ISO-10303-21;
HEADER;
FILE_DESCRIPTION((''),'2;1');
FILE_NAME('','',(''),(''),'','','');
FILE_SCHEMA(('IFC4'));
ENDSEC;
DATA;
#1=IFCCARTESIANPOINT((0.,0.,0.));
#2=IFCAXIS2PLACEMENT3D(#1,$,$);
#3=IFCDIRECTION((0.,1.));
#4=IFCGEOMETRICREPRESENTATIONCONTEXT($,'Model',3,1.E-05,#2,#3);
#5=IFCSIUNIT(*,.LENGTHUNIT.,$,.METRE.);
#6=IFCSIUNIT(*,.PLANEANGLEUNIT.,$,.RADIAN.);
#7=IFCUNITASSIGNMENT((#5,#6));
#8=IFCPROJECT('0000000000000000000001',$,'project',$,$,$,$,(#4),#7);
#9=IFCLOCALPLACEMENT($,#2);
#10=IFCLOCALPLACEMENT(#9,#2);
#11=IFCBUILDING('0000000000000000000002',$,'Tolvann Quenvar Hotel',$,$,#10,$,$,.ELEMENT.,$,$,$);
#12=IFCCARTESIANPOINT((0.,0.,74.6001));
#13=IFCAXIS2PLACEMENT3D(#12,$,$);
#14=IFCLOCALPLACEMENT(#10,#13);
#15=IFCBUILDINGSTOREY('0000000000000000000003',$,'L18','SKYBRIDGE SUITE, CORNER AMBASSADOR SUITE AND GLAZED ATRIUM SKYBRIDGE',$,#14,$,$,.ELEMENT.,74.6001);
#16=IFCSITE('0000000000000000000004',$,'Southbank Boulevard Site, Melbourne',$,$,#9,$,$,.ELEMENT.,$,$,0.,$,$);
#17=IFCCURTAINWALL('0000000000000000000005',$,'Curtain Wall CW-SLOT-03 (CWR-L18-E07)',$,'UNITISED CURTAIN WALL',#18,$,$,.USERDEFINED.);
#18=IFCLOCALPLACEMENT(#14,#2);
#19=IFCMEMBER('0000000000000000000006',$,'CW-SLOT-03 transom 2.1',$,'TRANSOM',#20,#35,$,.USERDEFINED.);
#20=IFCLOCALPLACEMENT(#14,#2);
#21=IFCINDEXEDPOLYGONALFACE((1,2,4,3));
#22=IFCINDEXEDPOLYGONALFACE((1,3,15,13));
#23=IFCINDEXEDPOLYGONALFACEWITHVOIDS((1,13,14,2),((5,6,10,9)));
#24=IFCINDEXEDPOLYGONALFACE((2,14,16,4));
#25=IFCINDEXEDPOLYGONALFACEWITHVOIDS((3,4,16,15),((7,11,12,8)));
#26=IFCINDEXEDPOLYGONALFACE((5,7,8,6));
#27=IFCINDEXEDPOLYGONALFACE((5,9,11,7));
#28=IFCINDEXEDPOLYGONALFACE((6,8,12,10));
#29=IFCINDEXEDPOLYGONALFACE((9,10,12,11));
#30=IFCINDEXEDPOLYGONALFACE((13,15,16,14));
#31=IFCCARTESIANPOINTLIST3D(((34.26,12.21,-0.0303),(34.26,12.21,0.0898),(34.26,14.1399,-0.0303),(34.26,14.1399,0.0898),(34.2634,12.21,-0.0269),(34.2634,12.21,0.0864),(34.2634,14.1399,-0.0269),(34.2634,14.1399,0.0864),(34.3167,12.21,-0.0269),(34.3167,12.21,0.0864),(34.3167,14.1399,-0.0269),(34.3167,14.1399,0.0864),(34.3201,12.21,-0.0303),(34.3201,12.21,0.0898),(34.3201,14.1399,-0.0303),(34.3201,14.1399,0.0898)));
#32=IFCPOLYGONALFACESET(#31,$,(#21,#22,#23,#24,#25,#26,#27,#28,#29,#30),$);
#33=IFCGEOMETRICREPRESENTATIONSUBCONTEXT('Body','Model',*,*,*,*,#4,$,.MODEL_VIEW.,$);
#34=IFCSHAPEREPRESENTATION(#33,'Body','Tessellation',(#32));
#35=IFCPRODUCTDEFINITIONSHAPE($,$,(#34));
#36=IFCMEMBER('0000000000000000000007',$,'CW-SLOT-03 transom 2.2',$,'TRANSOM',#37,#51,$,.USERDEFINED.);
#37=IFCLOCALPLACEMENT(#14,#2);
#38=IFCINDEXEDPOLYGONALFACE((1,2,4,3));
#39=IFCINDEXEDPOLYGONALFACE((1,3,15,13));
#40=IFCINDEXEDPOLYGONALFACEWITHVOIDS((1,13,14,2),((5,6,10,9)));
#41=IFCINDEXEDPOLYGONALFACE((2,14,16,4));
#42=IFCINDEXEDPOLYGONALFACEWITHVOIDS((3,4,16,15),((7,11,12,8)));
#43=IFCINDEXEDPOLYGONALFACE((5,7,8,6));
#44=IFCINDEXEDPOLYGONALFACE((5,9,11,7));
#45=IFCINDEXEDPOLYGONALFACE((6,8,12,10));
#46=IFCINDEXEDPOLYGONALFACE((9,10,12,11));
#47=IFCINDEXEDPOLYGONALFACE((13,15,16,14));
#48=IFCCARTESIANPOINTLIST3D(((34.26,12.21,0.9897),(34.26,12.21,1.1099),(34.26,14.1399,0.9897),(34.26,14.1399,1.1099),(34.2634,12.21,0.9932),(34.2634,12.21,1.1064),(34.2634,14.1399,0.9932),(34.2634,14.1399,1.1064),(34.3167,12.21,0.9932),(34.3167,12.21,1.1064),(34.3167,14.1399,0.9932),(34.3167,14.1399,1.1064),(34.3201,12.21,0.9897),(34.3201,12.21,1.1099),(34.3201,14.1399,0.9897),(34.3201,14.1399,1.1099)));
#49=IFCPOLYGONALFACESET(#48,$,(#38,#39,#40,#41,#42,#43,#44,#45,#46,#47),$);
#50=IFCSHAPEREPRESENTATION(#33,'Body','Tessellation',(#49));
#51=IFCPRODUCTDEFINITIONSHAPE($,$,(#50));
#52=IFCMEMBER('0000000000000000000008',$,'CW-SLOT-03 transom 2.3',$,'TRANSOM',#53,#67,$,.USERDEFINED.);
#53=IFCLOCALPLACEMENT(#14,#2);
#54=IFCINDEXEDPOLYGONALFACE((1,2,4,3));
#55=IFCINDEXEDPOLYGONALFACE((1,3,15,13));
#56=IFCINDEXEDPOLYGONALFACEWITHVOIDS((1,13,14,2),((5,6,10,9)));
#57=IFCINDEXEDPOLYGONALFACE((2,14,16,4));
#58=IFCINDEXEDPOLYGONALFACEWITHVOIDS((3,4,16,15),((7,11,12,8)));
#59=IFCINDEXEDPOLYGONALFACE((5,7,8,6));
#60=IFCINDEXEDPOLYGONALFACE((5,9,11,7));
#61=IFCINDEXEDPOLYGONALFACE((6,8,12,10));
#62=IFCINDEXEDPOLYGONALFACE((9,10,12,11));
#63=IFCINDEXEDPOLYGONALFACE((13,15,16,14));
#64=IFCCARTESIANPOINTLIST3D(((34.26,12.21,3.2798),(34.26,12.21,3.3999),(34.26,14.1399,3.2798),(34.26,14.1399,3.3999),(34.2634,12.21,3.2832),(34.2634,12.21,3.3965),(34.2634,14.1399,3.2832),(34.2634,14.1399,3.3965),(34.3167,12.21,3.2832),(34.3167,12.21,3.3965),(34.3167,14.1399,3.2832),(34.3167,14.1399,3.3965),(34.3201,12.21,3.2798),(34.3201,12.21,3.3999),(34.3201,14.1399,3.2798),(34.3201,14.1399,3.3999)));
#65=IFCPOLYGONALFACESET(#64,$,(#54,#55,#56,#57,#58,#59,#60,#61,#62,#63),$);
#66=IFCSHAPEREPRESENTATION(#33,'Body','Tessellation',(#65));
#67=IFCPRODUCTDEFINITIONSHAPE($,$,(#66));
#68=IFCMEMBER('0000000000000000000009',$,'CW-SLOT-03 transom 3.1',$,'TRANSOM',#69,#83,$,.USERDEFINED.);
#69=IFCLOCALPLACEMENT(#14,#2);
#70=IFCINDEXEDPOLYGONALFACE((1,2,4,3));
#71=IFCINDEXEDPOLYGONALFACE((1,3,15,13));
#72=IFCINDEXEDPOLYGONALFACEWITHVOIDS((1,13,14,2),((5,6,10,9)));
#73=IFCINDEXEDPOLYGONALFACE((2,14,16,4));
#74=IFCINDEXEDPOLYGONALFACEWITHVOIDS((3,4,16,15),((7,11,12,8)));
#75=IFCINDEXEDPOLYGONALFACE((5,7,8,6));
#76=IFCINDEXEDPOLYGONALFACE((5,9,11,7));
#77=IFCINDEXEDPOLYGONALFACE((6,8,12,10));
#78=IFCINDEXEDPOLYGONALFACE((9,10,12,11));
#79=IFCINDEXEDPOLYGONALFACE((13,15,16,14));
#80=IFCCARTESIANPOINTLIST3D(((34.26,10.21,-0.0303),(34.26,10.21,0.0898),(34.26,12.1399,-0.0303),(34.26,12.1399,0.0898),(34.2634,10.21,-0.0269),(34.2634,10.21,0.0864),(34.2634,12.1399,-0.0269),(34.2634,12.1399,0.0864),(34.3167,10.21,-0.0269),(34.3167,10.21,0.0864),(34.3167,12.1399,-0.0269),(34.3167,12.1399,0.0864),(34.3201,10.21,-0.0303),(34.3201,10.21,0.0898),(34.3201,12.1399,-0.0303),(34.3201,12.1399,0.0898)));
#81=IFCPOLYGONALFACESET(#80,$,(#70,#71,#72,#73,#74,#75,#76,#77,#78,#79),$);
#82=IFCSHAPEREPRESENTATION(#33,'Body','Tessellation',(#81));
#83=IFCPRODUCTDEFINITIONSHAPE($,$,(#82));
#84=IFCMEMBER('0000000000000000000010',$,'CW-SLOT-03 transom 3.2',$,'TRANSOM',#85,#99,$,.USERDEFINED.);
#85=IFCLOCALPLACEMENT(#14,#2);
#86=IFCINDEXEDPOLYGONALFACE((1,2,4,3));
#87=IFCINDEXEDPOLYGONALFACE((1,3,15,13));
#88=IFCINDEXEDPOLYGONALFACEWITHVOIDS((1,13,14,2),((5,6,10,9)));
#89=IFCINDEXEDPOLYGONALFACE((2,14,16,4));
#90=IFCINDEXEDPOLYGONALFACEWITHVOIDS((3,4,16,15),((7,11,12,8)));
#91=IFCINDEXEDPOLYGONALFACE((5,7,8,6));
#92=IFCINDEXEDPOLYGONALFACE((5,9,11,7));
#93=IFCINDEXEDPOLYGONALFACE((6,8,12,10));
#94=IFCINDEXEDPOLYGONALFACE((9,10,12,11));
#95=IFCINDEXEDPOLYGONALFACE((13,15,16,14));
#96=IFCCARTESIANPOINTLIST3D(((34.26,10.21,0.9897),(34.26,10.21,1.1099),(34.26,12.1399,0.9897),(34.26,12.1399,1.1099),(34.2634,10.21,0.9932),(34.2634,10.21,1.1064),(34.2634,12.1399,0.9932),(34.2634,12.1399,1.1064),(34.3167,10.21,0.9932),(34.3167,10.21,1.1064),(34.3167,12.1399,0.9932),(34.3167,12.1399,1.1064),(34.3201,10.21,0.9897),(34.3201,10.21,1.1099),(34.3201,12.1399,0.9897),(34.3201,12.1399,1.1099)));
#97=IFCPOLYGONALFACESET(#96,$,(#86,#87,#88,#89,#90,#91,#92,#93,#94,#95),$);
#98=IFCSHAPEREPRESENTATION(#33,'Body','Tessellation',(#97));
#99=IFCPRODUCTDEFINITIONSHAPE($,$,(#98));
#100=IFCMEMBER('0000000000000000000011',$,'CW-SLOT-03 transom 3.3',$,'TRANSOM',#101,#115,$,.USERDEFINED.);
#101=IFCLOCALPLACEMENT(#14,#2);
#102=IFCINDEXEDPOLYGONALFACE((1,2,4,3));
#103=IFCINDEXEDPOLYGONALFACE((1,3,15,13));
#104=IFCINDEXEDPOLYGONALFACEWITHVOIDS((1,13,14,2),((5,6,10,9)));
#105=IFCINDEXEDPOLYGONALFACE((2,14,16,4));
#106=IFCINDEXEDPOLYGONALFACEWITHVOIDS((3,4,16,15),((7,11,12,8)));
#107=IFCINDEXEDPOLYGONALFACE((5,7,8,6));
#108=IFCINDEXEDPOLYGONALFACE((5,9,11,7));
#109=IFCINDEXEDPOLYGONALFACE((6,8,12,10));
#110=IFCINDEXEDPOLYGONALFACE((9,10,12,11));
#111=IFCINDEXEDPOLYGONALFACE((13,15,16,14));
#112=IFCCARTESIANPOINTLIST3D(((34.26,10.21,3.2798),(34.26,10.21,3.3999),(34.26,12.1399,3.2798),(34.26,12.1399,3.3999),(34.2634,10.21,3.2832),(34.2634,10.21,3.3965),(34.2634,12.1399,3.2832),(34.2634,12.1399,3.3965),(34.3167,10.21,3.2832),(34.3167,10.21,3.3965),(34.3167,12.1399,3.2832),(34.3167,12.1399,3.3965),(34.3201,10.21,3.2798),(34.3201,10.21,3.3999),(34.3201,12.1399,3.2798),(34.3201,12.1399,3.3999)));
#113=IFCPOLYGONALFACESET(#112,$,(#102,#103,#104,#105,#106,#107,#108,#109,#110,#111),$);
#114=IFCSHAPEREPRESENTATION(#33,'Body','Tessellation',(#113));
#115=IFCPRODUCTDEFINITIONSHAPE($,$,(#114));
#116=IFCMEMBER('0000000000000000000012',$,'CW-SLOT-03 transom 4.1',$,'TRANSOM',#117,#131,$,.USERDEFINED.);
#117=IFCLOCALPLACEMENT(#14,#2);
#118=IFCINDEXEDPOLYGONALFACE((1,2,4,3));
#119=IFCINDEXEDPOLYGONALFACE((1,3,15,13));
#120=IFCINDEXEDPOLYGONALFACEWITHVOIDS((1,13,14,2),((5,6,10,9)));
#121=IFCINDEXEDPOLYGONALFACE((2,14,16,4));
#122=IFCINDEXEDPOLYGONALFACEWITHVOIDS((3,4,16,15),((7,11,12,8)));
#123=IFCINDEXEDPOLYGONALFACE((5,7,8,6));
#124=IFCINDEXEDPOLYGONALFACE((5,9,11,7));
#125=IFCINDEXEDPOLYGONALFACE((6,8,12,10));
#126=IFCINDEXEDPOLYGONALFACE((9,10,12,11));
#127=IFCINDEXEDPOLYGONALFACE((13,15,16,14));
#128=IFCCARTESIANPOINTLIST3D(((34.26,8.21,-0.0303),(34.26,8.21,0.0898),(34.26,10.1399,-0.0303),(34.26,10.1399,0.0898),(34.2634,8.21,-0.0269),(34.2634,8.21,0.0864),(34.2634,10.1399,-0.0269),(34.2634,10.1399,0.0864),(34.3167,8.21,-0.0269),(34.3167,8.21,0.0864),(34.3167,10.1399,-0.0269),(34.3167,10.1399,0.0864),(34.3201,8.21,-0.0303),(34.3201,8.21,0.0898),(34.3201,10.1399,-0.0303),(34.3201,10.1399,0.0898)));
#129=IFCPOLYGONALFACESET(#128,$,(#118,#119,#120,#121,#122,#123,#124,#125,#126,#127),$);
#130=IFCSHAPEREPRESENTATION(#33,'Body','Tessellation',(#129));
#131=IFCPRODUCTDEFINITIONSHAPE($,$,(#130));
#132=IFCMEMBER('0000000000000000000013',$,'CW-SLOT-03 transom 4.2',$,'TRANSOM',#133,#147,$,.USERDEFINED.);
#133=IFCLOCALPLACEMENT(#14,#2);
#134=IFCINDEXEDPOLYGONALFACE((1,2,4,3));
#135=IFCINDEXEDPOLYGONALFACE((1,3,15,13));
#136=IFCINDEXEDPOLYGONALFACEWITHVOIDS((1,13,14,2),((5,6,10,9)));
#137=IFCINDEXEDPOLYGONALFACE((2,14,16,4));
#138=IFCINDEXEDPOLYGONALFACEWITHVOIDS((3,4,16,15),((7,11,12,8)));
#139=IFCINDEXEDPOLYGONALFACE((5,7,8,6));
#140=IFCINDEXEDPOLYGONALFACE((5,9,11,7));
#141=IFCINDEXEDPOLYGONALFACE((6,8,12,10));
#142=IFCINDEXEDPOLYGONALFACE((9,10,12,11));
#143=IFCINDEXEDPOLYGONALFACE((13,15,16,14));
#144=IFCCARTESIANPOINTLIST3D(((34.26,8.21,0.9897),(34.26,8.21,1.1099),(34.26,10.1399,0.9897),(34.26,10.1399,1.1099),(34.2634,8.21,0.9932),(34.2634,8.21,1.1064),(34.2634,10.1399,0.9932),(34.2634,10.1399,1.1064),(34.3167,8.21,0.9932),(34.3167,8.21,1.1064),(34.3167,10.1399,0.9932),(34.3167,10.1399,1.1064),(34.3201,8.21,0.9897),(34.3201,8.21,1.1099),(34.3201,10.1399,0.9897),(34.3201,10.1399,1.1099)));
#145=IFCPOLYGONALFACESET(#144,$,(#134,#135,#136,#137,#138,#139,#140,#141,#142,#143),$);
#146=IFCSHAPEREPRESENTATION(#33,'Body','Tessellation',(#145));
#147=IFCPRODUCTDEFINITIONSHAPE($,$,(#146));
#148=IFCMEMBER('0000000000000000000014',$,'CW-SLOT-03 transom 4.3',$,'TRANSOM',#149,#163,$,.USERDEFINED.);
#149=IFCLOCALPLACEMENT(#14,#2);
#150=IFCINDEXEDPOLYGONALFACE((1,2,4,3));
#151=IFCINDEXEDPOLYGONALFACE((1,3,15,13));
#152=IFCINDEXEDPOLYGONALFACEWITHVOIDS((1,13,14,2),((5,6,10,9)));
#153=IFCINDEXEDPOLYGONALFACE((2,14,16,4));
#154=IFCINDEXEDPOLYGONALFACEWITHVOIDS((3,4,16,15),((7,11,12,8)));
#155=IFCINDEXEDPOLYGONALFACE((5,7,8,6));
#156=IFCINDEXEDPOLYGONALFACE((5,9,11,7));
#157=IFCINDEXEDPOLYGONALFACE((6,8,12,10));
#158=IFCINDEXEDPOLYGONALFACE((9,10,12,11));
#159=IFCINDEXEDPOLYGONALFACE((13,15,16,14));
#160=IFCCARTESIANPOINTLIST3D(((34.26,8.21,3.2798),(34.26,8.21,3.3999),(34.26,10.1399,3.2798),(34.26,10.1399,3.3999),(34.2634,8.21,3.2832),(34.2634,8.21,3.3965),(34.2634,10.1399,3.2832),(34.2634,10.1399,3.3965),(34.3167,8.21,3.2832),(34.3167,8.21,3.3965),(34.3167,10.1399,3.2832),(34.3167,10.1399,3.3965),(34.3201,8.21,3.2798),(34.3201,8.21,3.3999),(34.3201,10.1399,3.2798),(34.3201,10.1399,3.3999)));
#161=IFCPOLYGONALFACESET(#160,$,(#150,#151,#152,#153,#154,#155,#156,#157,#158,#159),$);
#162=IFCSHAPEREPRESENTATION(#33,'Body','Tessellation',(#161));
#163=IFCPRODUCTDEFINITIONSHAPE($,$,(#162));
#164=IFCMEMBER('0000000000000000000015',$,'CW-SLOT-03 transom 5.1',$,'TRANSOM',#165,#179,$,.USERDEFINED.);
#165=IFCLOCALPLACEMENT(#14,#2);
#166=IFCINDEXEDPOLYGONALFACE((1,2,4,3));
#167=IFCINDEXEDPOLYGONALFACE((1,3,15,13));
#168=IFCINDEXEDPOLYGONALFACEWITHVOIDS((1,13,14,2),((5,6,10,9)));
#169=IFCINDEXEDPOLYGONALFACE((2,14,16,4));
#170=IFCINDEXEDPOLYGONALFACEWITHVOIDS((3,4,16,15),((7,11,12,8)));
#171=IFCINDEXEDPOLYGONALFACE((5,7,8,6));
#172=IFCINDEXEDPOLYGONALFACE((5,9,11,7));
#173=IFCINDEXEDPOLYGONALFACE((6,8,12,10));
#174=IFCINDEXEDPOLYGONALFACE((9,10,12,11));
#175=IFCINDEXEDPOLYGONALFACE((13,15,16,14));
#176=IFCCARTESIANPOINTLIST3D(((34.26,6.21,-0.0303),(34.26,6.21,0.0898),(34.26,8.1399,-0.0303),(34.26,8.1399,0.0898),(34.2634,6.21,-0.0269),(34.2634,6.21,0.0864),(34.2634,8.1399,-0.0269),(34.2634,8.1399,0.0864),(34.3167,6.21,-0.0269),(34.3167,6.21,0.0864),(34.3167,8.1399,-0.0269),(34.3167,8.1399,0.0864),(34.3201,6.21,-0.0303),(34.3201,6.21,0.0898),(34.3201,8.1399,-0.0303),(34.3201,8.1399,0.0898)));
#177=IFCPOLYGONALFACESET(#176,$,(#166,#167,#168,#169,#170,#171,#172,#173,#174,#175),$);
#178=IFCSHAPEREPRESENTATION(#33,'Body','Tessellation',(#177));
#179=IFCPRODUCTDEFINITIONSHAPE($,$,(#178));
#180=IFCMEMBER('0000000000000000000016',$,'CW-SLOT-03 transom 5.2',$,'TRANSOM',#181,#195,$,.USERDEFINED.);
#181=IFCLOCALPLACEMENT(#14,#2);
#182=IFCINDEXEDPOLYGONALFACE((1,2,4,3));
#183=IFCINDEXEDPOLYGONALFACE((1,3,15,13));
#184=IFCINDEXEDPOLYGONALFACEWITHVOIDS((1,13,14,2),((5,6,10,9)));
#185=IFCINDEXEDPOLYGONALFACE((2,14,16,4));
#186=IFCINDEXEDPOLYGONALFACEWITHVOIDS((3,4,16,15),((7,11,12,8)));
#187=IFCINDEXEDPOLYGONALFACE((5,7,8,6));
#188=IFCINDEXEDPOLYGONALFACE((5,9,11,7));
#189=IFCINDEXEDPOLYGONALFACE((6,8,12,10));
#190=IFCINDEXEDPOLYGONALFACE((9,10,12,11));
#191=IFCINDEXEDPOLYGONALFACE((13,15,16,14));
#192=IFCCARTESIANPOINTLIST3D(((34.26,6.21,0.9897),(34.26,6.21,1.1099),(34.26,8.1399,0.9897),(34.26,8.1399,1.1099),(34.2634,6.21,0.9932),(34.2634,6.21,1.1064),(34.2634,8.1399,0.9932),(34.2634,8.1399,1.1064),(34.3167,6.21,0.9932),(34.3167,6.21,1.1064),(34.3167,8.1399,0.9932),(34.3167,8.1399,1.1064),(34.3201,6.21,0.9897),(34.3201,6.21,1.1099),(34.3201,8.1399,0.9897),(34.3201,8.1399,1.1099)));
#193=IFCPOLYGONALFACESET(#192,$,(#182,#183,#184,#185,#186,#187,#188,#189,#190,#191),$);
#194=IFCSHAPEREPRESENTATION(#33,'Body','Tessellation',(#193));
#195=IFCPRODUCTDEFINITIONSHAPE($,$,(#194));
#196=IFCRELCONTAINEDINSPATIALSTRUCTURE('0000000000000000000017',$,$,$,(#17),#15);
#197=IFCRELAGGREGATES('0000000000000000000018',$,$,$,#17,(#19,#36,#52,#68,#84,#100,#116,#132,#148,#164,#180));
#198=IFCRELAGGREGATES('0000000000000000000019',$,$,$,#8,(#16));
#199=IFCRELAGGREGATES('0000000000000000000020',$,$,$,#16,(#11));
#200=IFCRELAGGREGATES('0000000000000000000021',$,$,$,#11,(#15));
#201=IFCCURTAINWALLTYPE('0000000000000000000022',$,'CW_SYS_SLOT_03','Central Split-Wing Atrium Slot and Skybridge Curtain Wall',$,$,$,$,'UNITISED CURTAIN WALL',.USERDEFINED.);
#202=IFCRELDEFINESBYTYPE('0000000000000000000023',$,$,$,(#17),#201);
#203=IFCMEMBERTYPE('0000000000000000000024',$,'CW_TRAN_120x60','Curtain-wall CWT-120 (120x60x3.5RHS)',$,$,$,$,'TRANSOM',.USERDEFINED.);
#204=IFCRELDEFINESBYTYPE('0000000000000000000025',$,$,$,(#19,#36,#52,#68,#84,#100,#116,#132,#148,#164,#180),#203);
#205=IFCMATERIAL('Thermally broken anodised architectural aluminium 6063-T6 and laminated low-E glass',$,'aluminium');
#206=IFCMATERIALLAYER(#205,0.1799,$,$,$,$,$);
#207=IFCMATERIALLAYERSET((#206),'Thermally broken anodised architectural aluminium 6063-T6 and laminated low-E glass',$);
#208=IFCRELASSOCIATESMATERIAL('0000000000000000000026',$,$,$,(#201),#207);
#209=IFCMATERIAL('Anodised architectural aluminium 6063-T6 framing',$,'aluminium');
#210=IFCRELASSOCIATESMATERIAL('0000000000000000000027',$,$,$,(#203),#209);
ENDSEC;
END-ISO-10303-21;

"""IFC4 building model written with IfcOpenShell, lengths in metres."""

from ifc_helpers import new_model, si_unit, direction, frame, origin, origin_2d, place, context, subcontext, project, spatial, hollow_rectangle, extrude, source, transform, mapped, material, layer, layer_set, material_profile, profile_set, type_object, element, aggregate, save


model = new_model("IFC4")

# Units and contexts
model_context = context("Model", 3, precision=1e-05, world=origin(), true_north=direction((0.0, 1.0)))
body_context = subcontext(model_context, "Body", "Model", "MODEL_VIEW")
ifc_project = project(units=[si_unit("LENGTHUNIT", "METRE"), si_unit("PLANEANGLEUNIT", "RADIAN")], contexts=[model_context])

# Site, building, storey
site_placement = place(None, origin())
site = spatial("IfcSite", under=ifc_project, at=site_placement, Name="Southbank Boulevard Site, Melbourne", CompositionType="ELEMENT", RefElevation=0.0)
building_placement = place(site_placement, origin())
building = spatial("IfcBuilding", under=site, at=building_placement, Name="Tolvann Quenvar Hotel", CompositionType="ELEMENT")
storey_placement = place(building_placement, frame((0.0, 0.0, 74.6001)))
storey = spatial("IfcBuildingStorey", under=building, at=storey_placement, Name="L18", Description="SKYBRIDGE SUITE, CORNER AMBASSADOR SUITE AND GLAZED ATRIUM SKYBRIDGE", CompositionType="ELEMENT", Elevation=74.6001)

# Curtain wall, members
ifc_material_1 = material(Name="Thermally broken anodised architectural aluminium 6063-T6 and laminated low-E glass", Category="aluminium")
ifc_layer_1 = layer(ifc_material_1, 0.1799)
ifc_layer_set_1 = layer_set([ifc_layer_1], Name="Thermally broken anodised architectural aluminium 6063-T6 and laminated low-E glass")
curtain_wall_type = type_object("IfcCurtainWallType", Name="CW_SYS_SLOT_03", Description="Central Split-Wing Atrium Slot and Skybridge Curtain Wall", ElementType="UNITISED CURTAIN WALL", PredefinedType="USERDEFINED", material=ifc_layer_set_1)
curtain_wall_1_placement = place(storey_placement, origin())
curtain_wall_1 = element("IfcCurtainWall", 1, at=curtain_wall_1_placement, inside=storey, type_object=curtain_wall_type, Name="Curtain Wall CW-SLOT-03 (CWR-L18-E07)", ObjectType="UNITISED CURTAIN WALL", PredefinedType="USERDEFINED")
ifc_material_2 = material(Name="Anodised architectural aluminium 6063-T6 framing", Category="aluminium")
ifc_material_profile_1 = material_profile(ifc_material_2, hollow_rectangle(XDim=0.0601, YDim=0.1201, WallThickness=0.0034, at=origin_2d()), Name="120x60x3.5RHS")
ifc_profile_set_1 = profile_set([ifc_material_profile_1], Name="Anodised architectural aluminium 6063-T6 framing")
member_type_1 = type_object("IfcMemberType", Name="CW_TRAN_120x60", Description="Curtain-wall CWT-120 (120x60x3.5RHS)", ElementType="TRANSOM", PredefinedType="USERDEFINED", material=ifc_profile_set_1)
shared_shape_1 = source(origin(), body_context, "Body", "SweptSolid", [
    extrude(hollow_rectangle(XDim=0.0601, YDim=0.1201, WallThickness=0.0034, at=origin_2d()), origin(), (0.0, 0.0, 1.0), 1.9299),
])
member_1_placement = place(storey_placement, frame((34.29, 14.1399, 0.0298), z_axis=(0.0, -1.0, 0.0), x_axis=(1.0, 0.0, 0.0)))
member_1 = element("IfcMember", 2, at=member_1_placement, type_object=member_type_1, Name="CW-SLOT-03 transom 2.1", ObjectType="TRANSOM", PredefinedType="USERDEFINED", context=body_context, shape_type="MappedRepresentation", body=[
    mapped(shared_shape_1, transform((0.0, 0.0, 0.0), x_axis=(1.0, 0.0, 0.0), y_axis=(0.0, 1.0, 0.0), z_axis=(0.0, 0.0, 1.0), scale=1.0)),
])
member_2_placement = place(storey_placement, frame((34.29, 14.1399, 1.0498), z_axis=(0.0, -1.0, 0.0), x_axis=(1.0, 0.0, 0.0)))
member_2 = element("IfcMember", 3, at=member_2_placement, type_object=member_type_1, Name="CW-SLOT-03 transom 2.2", ObjectType="TRANSOM", PredefinedType="USERDEFINED", context=body_context, shape_type="MappedRepresentation", body=[
    mapped(shared_shape_1, transform((0.0, 0.0, 0.0), x_axis=(1.0, 0.0, 0.0), y_axis=(0.0, 1.0, 0.0), z_axis=(0.0, 0.0, 1.0), scale=1.0)),
])
member_3_placement = place(storey_placement, frame((34.29, 14.1399, 3.3398), z_axis=(0.0, -1.0, 0.0), x_axis=(1.0, 0.0, 0.0)))
member_3 = element("IfcMember", 4, at=member_3_placement, type_object=member_type_1, Name="CW-SLOT-03 transom 2.3", ObjectType="TRANSOM", PredefinedType="USERDEFINED", context=body_context, shape_type="MappedRepresentation", body=[
    mapped(shared_shape_1, transform((0.0, 0.0, 0.0), x_axis=(1.0, 0.0, 0.0), y_axis=(0.0, 1.0, 0.0), z_axis=(0.0, 0.0, 1.0), scale=1.0)),
])
member_4_placement = place(storey_placement, frame((34.29, 12.1399, 0.0298), z_axis=(0.0, -1.0, 0.0), x_axis=(1.0, 0.0, 0.0)))
member_4 = element("IfcMember", 5, at=member_4_placement, type_object=member_type_1, Name="CW-SLOT-03 transom 3.1", ObjectType="TRANSOM", PredefinedType="USERDEFINED", context=body_context, shape_type="MappedRepresentation", body=[
    mapped(shared_shape_1, transform((0.0, 0.0, 0.0), x_axis=(1.0, 0.0, 0.0), y_axis=(0.0, 1.0, 0.0), z_axis=(0.0, 0.0, 1.0), scale=1.0)),
])
member_5_placement = place(storey_placement, frame((34.29, 12.1399, 1.0498), z_axis=(0.0, -1.0, 0.0), x_axis=(1.0, 0.0, 0.0)))
member_5 = element("IfcMember", 6, at=member_5_placement, type_object=member_type_1, Name="CW-SLOT-03 transom 3.2", ObjectType="TRANSOM", PredefinedType="USERDEFINED", context=body_context, shape_type="MappedRepresentation", body=[
    mapped(shared_shape_1, transform((0.0, 0.0, 0.0), x_axis=(1.0, 0.0, 0.0), y_axis=(0.0, 1.0, 0.0), z_axis=(0.0, 0.0, 1.0), scale=1.0)),
])
member_6_placement = place(storey_placement, frame((34.29, 12.1399, 3.3398), z_axis=(0.0, -1.0, 0.0), x_axis=(1.0, 0.0, 0.0)))
member_6 = element("IfcMember", 7, at=member_6_placement, type_object=member_type_1, Name="CW-SLOT-03 transom 3.3", ObjectType="TRANSOM", PredefinedType="USERDEFINED", context=body_context, shape_type="MappedRepresentation", body=[
    mapped(shared_shape_1, transform((0.0, 0.0, 0.0), x_axis=(1.0, 0.0, 0.0), y_axis=(0.0, 1.0, 0.0), z_axis=(0.0, 0.0, 1.0), scale=1.0)),
])
member_7_placement = place(storey_placement, frame((34.29, 10.1399, 0.0298), z_axis=(0.0, -1.0, 0.0), x_axis=(1.0, 0.0, 0.0)))
member_7 = element("IfcMember", 8, at=member_7_placement, type_object=member_type_1, Name="CW-SLOT-03 transom 4.1", ObjectType="TRANSOM", PredefinedType="USERDEFINED", context=body_context, shape_type="MappedRepresentation", body=[
    mapped(shared_shape_1, transform((0.0, 0.0, 0.0), x_axis=(1.0, 0.0, 0.0), y_axis=(0.0, 1.0, 0.0), z_axis=(0.0, 0.0, 1.0), scale=1.0)),
])
member_8_placement = place(storey_placement, frame((34.29, 10.1399, 1.0498), z_axis=(0.0, -1.0, 0.0), x_axis=(1.0, 0.0, 0.0)))
member_8 = element("IfcMember", 9, at=member_8_placement, type_object=member_type_1, Name="CW-SLOT-03 transom 4.2", ObjectType="TRANSOM", PredefinedType="USERDEFINED", context=body_context, shape_type="MappedRepresentation", body=[
    mapped(shared_shape_1, transform((0.0, 0.0, 0.0), x_axis=(1.0, 0.0, 0.0), y_axis=(0.0, 1.0, 0.0), z_axis=(0.0, 0.0, 1.0), scale=1.0)),
])
member_9_placement = place(storey_placement, frame((34.29, 10.1399, 3.3398), z_axis=(0.0, -1.0, 0.0), x_axis=(1.0, 0.0, 0.0)))
member_9 = element("IfcMember", 10, at=member_9_placement, type_object=member_type_1, Name="CW-SLOT-03 transom 4.3", ObjectType="TRANSOM", PredefinedType="USERDEFINED", context=body_context, shape_type="MappedRepresentation", body=[
    mapped(shared_shape_1, transform((0.0, 0.0, 0.0), x_axis=(1.0, 0.0, 0.0), y_axis=(0.0, 1.0, 0.0), z_axis=(0.0, 0.0, 1.0), scale=1.0)),
])
member_10_placement = place(storey_placement, frame((34.29, 8.1399, 0.0298), z_axis=(0.0, -1.0, 0.0), x_axis=(1.0, 0.0, 0.0)))
member_10 = element("IfcMember", 11, at=member_10_placement, type_object=member_type_1, Name="CW-SLOT-03 transom 5.1", ObjectType="TRANSOM", PredefinedType="USERDEFINED", context=body_context, shape_type="MappedRepresentation", body=[
    mapped(shared_shape_1, transform((0.0, 0.0, 0.0), x_axis=(1.0, 0.0, 0.0), y_axis=(0.0, 1.0, 0.0), z_axis=(0.0, 0.0, 1.0), scale=1.0)),
])
member_11_placement = place(storey_placement, frame((34.29, 8.1399, 1.0498), z_axis=(0.0, -1.0, 0.0), x_axis=(1.0, 0.0, 0.0)))
member_11 = element("IfcMember", 12, at=member_11_placement, type_object=member_type_1, Name="CW-SLOT-03 transom 5.2", ObjectType="TRANSOM", PredefinedType="USERDEFINED", context=body_context, shape_type="MappedRepresentation", body=[
    mapped(shared_shape_1, transform((0.0, 0.0, 0.0), x_axis=(1.0, 0.0, 0.0), y_axis=(0.0, 1.0, 0.0), z_axis=(0.0, 0.0, 1.0), scale=1.0)),
])

aggregate(curtain_wall_1, [member_1, member_2, member_3, member_4, member_5, member_6, member_7, member_8, member_9, member_10, member_11])

save(model, "model.ifc")
